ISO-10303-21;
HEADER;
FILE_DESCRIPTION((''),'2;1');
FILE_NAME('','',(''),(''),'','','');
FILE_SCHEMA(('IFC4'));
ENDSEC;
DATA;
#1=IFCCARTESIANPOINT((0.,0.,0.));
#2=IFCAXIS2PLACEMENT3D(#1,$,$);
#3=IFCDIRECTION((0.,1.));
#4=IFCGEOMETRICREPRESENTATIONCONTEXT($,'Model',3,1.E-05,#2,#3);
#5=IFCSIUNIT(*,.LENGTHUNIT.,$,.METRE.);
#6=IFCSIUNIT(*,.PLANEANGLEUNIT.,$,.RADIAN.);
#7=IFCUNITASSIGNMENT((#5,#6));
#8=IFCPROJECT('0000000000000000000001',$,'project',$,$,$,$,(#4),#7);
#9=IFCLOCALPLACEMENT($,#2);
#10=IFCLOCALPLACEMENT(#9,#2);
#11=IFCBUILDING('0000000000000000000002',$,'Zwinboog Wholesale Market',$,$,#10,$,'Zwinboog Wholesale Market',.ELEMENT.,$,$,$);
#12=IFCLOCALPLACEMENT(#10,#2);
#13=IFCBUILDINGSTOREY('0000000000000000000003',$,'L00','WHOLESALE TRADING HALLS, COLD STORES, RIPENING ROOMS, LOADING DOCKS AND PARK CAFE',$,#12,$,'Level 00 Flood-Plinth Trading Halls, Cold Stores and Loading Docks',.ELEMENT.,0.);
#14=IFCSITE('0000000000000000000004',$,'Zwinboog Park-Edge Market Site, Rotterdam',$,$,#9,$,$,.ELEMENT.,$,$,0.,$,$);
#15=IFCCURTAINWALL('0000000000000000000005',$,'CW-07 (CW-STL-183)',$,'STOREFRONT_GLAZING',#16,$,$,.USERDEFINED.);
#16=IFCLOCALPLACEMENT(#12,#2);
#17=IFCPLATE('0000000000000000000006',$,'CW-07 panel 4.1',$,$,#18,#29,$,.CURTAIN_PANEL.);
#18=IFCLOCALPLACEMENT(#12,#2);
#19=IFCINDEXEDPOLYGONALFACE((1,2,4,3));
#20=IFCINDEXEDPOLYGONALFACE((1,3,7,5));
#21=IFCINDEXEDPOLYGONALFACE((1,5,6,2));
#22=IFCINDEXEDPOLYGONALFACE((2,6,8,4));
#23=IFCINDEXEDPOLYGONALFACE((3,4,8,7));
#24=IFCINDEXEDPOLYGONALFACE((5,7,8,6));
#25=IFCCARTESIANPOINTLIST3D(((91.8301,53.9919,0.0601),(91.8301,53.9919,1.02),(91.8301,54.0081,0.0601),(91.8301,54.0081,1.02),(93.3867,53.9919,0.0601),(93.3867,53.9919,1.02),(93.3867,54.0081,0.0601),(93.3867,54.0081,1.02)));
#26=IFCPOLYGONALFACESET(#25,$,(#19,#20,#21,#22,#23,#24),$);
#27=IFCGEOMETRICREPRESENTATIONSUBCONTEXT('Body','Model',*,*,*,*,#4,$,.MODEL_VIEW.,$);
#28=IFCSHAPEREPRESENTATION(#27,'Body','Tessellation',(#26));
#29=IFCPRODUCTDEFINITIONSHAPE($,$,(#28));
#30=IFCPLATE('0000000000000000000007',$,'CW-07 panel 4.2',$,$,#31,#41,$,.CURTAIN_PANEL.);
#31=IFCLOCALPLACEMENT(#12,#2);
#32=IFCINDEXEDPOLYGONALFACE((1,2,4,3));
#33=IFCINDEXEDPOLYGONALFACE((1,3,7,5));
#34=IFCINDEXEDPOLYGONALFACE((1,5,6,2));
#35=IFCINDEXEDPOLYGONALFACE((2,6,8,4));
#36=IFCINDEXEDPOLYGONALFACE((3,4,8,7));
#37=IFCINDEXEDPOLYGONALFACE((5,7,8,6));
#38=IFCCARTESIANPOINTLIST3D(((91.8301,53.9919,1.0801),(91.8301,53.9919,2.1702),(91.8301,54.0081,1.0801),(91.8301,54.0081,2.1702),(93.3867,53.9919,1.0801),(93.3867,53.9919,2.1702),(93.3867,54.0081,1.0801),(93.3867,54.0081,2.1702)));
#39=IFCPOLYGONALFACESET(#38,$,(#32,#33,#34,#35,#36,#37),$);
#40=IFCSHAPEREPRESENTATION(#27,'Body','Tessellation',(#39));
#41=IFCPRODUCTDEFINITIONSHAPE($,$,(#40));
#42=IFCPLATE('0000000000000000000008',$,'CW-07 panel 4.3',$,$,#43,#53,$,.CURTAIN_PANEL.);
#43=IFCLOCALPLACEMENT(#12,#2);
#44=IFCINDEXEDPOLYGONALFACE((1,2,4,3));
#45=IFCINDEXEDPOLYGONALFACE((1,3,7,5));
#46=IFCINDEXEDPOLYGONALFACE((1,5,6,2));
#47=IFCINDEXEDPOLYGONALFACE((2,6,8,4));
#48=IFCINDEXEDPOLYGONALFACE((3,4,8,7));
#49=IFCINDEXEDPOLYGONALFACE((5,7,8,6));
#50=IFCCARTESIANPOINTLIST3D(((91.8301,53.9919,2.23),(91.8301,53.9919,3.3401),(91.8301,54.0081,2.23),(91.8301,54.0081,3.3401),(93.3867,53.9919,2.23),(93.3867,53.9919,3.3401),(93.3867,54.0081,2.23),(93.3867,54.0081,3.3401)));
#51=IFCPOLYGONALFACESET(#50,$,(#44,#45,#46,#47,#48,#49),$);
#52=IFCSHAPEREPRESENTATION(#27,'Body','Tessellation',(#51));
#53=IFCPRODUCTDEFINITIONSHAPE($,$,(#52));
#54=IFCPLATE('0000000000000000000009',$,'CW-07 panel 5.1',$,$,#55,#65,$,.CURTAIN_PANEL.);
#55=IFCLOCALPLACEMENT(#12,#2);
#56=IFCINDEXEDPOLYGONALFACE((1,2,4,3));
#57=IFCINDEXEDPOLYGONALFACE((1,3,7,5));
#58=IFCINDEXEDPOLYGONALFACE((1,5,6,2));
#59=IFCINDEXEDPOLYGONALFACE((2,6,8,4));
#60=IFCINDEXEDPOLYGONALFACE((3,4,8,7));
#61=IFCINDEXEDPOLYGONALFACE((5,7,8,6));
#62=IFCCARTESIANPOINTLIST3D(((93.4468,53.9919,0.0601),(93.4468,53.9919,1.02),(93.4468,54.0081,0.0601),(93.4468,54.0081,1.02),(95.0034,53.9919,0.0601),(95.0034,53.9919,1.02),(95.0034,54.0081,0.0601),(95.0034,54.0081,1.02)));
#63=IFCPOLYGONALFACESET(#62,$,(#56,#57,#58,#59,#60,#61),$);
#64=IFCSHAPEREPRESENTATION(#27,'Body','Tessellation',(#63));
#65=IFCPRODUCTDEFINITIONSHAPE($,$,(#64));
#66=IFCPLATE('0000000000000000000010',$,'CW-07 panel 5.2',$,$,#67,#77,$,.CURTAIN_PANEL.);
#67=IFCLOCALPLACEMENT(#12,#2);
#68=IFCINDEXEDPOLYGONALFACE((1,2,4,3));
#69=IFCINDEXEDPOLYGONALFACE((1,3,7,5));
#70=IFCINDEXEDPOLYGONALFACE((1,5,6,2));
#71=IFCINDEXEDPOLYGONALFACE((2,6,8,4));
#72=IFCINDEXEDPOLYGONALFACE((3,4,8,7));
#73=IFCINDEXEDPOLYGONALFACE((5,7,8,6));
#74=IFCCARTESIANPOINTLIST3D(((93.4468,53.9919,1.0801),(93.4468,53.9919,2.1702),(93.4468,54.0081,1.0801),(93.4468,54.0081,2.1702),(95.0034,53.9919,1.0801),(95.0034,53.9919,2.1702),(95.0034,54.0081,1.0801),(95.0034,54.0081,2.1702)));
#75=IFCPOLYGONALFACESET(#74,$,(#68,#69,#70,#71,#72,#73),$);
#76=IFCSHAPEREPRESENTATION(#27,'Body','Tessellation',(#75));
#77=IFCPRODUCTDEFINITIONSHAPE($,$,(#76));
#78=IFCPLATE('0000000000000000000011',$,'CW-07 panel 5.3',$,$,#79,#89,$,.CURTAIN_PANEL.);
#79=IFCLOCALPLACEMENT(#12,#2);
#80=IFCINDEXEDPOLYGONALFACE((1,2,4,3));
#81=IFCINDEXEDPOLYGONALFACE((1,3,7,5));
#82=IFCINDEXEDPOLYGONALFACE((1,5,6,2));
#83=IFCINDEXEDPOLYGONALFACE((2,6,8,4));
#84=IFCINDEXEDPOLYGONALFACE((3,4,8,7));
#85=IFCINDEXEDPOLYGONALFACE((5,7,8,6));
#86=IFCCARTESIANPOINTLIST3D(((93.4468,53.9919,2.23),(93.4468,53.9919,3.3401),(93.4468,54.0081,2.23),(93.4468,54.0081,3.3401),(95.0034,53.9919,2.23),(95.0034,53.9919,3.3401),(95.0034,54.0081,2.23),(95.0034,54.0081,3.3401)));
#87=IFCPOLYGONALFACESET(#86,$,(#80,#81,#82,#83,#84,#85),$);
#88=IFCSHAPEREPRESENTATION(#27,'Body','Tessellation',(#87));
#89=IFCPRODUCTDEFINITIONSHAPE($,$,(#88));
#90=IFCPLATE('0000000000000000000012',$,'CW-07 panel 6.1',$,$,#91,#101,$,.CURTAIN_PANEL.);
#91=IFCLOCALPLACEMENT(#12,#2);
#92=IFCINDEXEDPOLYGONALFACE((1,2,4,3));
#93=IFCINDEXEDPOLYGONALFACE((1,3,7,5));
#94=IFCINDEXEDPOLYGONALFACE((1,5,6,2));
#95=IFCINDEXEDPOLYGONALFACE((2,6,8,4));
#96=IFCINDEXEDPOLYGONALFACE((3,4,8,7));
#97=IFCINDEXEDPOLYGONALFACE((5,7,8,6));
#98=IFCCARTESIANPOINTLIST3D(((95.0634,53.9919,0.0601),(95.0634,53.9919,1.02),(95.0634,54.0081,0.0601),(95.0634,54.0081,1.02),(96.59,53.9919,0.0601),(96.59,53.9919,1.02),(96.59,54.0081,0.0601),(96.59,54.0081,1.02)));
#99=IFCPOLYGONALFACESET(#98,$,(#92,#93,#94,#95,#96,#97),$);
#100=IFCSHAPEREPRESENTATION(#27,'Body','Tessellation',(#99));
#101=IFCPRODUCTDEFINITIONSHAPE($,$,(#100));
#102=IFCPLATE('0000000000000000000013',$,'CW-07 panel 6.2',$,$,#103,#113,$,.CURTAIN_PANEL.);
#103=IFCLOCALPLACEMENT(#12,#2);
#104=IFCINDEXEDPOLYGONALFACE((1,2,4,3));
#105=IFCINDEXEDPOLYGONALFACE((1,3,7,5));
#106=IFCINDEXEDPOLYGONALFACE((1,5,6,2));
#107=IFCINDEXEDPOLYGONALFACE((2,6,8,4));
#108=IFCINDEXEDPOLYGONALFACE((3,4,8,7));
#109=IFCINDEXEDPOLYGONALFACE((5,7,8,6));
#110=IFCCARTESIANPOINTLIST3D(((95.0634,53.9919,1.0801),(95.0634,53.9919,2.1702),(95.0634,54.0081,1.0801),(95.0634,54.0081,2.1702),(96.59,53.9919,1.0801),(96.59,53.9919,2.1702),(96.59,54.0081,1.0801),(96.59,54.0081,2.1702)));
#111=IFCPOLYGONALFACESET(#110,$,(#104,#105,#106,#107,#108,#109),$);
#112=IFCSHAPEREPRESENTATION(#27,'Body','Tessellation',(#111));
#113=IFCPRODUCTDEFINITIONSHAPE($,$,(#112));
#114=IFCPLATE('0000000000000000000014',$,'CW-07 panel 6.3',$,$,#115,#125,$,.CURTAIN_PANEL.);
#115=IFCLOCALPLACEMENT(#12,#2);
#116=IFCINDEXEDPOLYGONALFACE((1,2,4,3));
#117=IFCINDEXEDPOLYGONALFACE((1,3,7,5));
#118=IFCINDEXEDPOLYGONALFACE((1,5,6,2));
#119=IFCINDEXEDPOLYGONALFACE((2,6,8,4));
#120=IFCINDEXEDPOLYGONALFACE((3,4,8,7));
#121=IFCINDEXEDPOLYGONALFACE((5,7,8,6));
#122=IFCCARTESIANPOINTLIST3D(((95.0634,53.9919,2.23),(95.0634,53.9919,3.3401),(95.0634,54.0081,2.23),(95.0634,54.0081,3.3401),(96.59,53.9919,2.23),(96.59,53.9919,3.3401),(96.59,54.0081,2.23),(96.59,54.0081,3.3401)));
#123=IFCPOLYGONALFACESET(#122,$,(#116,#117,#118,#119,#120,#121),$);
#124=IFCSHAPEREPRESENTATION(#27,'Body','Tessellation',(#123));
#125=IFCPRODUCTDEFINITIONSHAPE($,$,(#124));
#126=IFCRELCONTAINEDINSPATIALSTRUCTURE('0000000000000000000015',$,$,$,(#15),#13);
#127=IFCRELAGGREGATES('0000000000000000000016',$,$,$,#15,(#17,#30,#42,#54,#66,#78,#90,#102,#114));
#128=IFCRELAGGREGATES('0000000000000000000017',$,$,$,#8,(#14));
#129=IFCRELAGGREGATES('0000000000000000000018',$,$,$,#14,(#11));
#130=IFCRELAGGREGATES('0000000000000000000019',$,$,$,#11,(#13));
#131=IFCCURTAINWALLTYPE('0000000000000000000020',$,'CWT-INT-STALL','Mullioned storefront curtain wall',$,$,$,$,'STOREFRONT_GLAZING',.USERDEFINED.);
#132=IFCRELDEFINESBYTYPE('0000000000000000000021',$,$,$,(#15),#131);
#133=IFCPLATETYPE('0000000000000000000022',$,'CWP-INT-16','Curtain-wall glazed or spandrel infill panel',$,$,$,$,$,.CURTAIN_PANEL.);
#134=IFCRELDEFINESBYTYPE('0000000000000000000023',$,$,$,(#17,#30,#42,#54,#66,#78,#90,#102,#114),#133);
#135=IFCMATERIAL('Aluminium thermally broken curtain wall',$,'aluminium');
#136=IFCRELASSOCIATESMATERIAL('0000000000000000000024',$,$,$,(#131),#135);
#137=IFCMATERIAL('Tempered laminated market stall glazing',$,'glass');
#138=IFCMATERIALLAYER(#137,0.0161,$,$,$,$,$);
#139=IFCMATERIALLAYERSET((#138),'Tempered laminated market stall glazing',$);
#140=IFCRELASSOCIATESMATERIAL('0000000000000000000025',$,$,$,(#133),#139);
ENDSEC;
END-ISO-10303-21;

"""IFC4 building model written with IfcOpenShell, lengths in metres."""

from ifc_helpers import new_model, si_unit, direction, frame, origin, origin_2d, place, context, subcontext, project, spatial, rectangle, extrude, material, layer, layer_set, type_object, element, aggregate, save


model = new_model("IFC4")

# Units and contexts
model_context = context("Model", 3, precision=1e-05, world=origin(), true_north=direction((0.0, 1.0)))
body_context = subcontext(model_context, "Body", "Model", "MODEL_VIEW")
ifc_project = project(units=[si_unit("LENGTHUNIT", "METRE"), si_unit("PLANEANGLEUNIT", "RADIAN")], contexts=[model_context])

# Site, building, storey
site_placement = place(None, origin())
site = spatial("IfcSite", under=ifc_project, at=site_placement, Name="Zwinboog Park-Edge Market Site, Rotterdam", CompositionType="ELEMENT", RefElevation=0.0)
building_placement = place(site_placement, origin())
building = spatial("IfcBuilding", under=site, at=building_placement, Name="Zwinboog Wholesale Market", LongName="Zwinboog Wholesale Market", CompositionType="ELEMENT")
storey_placement = place(building_placement, origin())
storey = spatial("IfcBuildingStorey", under=building, at=storey_placement, Name="L00", Description="WHOLESALE TRADING HALLS, COLD STORES, RIPENING ROOMS, LOADING DOCKS AND PARK CAFE", LongName="Level 00 Flood-Plinth Trading Halls, Cold Stores and Loading Docks", CompositionType="ELEMENT", Elevation=0.0)

# Curtain wall, plates
ifc_material_1 = material(Name="Aluminium thermally broken curtain wall", Category="aluminium")
curtain_wall_type = type_object("IfcCurtainWallType", Name="CWT-INT-STALL", Description="Mullioned storefront curtain wall", ElementType="STOREFRONT_GLAZING", PredefinedType="USERDEFINED", material=ifc_material_1)
curtain_wall_placement = place(storey_placement, origin())
curtain_wall = element("IfcCurtainWall", 1, at=curtain_wall_placement, inside=storey, type_object=curtain_wall_type, Name="CW-07 (CW-STL-183)", ObjectType="STOREFRONT_GLAZING", PredefinedType="USERDEFINED")
ifc_material_2 = material(Name="Tempered laminated market stall glazing", Category="glass")
ifc_layer = layer(ifc_material_2, 0.0161)
ifc_layer_set = layer_set([ifc_layer], Name="Tempered laminated market stall glazing")
plate_type = type_object("IfcPlateType", Name="CWP-INT-16", Description="Curtain-wall glazed or spandrel infill panel", PredefinedType="CURTAIN_PANEL", material=ifc_layer_set)
plate_1_placement = place(storey_placement, frame((92.6084, 54.0, 0.0601), z_axis=(0.0, 0.0, 1.0), x_axis=(1.0, 0.0, 0.0)))
plate_1 = element("IfcPlate", 2, at=plate_1_placement, type_object=plate_type, Name="CW-07 panel 4.1", PredefinedType="CURTAIN_PANEL", context=body_context, shape_type="SweptSolid", body=[
    extrude(rectangle(XDim=1.5566, YDim=0.0161, at=origin_2d()), origin(), (0.0, 0.0, 1.0), 0.96),
])
plate_2_placement = place(storey_placement, frame((92.6084, 54.0, 1.0801), z_axis=(0.0, 0.0, 1.0), x_axis=(1.0, 0.0, 0.0)))
plate_2 = element("IfcPlate", 3, at=plate_2_placement, type_object=plate_type, Name="CW-07 panel 4.2", PredefinedType="CURTAIN_PANEL", context=body_context, shape_type="SweptSolid", body=[
    extrude(rectangle(XDim=1.5566, YDim=0.0161, at=origin_2d()), origin(), (0.0, 0.0, 1.0), 1.0901),
])
plate_3_placement = place(storey_placement, frame((92.6084, 54.0, 2.23), z_axis=(0.0, 0.0, 1.0), x_axis=(1.0, 0.0, 0.0)))
plate_3 = element("IfcPlate", 4, at=plate_3_placement, type_object=plate_type, Name="CW-07 panel 4.3", PredefinedType="CURTAIN_PANEL", context=body_context, shape_type="SweptSolid", body=[
    extrude(rectangle(XDim=1.5566, YDim=0.0161, at=origin_2d()), origin(), (0.0, 0.0, 1.0), 1.1101),
])
plate_4_placement = place(storey_placement, frame((94.2251, 54.0, 0.0601), z_axis=(0.0, 0.0, 1.0), x_axis=(1.0, 0.0, 0.0)))
plate_4 = element("IfcPlate", 5, at=plate_4_placement, type_object=plate_type, Name="CW-07 panel 5.1", PredefinedType="CURTAIN_PANEL", context=body_context, shape_type="SweptSolid", body=[
    extrude(rectangle(XDim=1.5566, YDim=0.0161, at=origin_2d()), origin(), (0.0, 0.0, 1.0), 0.96),
])
plate_5_placement = place(storey_placement, frame((94.2251, 54.0, 1.0801), z_axis=(0.0, 0.0, 1.0), x_axis=(1.0, 0.0, 0.0)))
plate_5 = element("IfcPlate", 6, at=plate_5_placement, type_object=plate_type, Name="CW-07 panel 5.2", PredefinedType="CURTAIN_PANEL", context=body_context, shape_type="SweptSolid", body=[
    extrude(rectangle(XDim=1.5566, YDim=0.0161, at=origin_2d()), origin(), (0.0, 0.0, 1.0), 1.0901),
])
plate_6_placement = place(storey_placement, frame((94.2251, 54.0, 2.23), z_axis=(0.0, 0.0, 1.0), x_axis=(1.0, 0.0, 0.0)))
plate_6 = element("IfcPlate", 7, at=plate_6_placement, type_object=plate_type, Name="CW-07 panel 5.3", PredefinedType="CURTAIN_PANEL", context=body_context, shape_type="SweptSolid", body=[
    extrude(rectangle(XDim=1.5566, YDim=0.0161, at=origin_2d()), origin(), (0.0, 0.0, 1.0), 1.1101),
])
plate_7_placement = place(storey_placement, frame((95.8267, 54.0, 0.0601), z_axis=(0.0, 0.0, 1.0), x_axis=(1.0, 0.0, 0.0)))
plate_7 = element("IfcPlate", 8, at=plate_7_placement, type_object=plate_type, Name="CW-07 panel 6.1", PredefinedType="CURTAIN_PANEL", context=body_context, shape_type="SweptSolid", body=[
    extrude(rectangle(XDim=1.5266, YDim=0.0161, at=origin_2d()), origin(), (0.0, 0.0, 1.0), 0.96),
])
plate_8_placement = place(storey_placement, frame((95.8267, 54.0, 1.0801), z_axis=(0.0, 0.0, 1.0), x_axis=(1.0, 0.0, 0.0)))
plate_8 = element("IfcPlate", 9, at=plate_8_placement, type_object=plate_type, Name="CW-07 panel 6.2", PredefinedType="CURTAIN_PANEL", context=body_context, shape_type="SweptSolid", body=[
    extrude(rectangle(XDim=1.5266, YDim=0.0161, at=origin_2d()), origin(), (0.0, 0.0, 1.0), 1.0901),
])
plate_9_placement = place(storey_placement, frame((95.8267, 54.0, 2.23), z_axis=(0.0, 0.0, 1.0), x_axis=(1.0, 0.0, 0.0)))
plate_9 = element("IfcPlate", 10, at=plate_9_placement, type_object=plate_type, Name="CW-07 panel 6.3", PredefinedType="CURTAIN_PANEL", context=body_context, shape_type="SweptSolid", body=[
    extrude(rectangle(XDim=1.5266, YDim=0.0161, at=origin_2d()), origin(), (0.0, 0.0, 1.0), 1.1101),
])
aggregate(curtain_wall, [plate_1, plate_2, plate_3, plate_4, plate_5, plate_6, plate_7, plate_8, plate_9])

save(model, "model.ifc")
